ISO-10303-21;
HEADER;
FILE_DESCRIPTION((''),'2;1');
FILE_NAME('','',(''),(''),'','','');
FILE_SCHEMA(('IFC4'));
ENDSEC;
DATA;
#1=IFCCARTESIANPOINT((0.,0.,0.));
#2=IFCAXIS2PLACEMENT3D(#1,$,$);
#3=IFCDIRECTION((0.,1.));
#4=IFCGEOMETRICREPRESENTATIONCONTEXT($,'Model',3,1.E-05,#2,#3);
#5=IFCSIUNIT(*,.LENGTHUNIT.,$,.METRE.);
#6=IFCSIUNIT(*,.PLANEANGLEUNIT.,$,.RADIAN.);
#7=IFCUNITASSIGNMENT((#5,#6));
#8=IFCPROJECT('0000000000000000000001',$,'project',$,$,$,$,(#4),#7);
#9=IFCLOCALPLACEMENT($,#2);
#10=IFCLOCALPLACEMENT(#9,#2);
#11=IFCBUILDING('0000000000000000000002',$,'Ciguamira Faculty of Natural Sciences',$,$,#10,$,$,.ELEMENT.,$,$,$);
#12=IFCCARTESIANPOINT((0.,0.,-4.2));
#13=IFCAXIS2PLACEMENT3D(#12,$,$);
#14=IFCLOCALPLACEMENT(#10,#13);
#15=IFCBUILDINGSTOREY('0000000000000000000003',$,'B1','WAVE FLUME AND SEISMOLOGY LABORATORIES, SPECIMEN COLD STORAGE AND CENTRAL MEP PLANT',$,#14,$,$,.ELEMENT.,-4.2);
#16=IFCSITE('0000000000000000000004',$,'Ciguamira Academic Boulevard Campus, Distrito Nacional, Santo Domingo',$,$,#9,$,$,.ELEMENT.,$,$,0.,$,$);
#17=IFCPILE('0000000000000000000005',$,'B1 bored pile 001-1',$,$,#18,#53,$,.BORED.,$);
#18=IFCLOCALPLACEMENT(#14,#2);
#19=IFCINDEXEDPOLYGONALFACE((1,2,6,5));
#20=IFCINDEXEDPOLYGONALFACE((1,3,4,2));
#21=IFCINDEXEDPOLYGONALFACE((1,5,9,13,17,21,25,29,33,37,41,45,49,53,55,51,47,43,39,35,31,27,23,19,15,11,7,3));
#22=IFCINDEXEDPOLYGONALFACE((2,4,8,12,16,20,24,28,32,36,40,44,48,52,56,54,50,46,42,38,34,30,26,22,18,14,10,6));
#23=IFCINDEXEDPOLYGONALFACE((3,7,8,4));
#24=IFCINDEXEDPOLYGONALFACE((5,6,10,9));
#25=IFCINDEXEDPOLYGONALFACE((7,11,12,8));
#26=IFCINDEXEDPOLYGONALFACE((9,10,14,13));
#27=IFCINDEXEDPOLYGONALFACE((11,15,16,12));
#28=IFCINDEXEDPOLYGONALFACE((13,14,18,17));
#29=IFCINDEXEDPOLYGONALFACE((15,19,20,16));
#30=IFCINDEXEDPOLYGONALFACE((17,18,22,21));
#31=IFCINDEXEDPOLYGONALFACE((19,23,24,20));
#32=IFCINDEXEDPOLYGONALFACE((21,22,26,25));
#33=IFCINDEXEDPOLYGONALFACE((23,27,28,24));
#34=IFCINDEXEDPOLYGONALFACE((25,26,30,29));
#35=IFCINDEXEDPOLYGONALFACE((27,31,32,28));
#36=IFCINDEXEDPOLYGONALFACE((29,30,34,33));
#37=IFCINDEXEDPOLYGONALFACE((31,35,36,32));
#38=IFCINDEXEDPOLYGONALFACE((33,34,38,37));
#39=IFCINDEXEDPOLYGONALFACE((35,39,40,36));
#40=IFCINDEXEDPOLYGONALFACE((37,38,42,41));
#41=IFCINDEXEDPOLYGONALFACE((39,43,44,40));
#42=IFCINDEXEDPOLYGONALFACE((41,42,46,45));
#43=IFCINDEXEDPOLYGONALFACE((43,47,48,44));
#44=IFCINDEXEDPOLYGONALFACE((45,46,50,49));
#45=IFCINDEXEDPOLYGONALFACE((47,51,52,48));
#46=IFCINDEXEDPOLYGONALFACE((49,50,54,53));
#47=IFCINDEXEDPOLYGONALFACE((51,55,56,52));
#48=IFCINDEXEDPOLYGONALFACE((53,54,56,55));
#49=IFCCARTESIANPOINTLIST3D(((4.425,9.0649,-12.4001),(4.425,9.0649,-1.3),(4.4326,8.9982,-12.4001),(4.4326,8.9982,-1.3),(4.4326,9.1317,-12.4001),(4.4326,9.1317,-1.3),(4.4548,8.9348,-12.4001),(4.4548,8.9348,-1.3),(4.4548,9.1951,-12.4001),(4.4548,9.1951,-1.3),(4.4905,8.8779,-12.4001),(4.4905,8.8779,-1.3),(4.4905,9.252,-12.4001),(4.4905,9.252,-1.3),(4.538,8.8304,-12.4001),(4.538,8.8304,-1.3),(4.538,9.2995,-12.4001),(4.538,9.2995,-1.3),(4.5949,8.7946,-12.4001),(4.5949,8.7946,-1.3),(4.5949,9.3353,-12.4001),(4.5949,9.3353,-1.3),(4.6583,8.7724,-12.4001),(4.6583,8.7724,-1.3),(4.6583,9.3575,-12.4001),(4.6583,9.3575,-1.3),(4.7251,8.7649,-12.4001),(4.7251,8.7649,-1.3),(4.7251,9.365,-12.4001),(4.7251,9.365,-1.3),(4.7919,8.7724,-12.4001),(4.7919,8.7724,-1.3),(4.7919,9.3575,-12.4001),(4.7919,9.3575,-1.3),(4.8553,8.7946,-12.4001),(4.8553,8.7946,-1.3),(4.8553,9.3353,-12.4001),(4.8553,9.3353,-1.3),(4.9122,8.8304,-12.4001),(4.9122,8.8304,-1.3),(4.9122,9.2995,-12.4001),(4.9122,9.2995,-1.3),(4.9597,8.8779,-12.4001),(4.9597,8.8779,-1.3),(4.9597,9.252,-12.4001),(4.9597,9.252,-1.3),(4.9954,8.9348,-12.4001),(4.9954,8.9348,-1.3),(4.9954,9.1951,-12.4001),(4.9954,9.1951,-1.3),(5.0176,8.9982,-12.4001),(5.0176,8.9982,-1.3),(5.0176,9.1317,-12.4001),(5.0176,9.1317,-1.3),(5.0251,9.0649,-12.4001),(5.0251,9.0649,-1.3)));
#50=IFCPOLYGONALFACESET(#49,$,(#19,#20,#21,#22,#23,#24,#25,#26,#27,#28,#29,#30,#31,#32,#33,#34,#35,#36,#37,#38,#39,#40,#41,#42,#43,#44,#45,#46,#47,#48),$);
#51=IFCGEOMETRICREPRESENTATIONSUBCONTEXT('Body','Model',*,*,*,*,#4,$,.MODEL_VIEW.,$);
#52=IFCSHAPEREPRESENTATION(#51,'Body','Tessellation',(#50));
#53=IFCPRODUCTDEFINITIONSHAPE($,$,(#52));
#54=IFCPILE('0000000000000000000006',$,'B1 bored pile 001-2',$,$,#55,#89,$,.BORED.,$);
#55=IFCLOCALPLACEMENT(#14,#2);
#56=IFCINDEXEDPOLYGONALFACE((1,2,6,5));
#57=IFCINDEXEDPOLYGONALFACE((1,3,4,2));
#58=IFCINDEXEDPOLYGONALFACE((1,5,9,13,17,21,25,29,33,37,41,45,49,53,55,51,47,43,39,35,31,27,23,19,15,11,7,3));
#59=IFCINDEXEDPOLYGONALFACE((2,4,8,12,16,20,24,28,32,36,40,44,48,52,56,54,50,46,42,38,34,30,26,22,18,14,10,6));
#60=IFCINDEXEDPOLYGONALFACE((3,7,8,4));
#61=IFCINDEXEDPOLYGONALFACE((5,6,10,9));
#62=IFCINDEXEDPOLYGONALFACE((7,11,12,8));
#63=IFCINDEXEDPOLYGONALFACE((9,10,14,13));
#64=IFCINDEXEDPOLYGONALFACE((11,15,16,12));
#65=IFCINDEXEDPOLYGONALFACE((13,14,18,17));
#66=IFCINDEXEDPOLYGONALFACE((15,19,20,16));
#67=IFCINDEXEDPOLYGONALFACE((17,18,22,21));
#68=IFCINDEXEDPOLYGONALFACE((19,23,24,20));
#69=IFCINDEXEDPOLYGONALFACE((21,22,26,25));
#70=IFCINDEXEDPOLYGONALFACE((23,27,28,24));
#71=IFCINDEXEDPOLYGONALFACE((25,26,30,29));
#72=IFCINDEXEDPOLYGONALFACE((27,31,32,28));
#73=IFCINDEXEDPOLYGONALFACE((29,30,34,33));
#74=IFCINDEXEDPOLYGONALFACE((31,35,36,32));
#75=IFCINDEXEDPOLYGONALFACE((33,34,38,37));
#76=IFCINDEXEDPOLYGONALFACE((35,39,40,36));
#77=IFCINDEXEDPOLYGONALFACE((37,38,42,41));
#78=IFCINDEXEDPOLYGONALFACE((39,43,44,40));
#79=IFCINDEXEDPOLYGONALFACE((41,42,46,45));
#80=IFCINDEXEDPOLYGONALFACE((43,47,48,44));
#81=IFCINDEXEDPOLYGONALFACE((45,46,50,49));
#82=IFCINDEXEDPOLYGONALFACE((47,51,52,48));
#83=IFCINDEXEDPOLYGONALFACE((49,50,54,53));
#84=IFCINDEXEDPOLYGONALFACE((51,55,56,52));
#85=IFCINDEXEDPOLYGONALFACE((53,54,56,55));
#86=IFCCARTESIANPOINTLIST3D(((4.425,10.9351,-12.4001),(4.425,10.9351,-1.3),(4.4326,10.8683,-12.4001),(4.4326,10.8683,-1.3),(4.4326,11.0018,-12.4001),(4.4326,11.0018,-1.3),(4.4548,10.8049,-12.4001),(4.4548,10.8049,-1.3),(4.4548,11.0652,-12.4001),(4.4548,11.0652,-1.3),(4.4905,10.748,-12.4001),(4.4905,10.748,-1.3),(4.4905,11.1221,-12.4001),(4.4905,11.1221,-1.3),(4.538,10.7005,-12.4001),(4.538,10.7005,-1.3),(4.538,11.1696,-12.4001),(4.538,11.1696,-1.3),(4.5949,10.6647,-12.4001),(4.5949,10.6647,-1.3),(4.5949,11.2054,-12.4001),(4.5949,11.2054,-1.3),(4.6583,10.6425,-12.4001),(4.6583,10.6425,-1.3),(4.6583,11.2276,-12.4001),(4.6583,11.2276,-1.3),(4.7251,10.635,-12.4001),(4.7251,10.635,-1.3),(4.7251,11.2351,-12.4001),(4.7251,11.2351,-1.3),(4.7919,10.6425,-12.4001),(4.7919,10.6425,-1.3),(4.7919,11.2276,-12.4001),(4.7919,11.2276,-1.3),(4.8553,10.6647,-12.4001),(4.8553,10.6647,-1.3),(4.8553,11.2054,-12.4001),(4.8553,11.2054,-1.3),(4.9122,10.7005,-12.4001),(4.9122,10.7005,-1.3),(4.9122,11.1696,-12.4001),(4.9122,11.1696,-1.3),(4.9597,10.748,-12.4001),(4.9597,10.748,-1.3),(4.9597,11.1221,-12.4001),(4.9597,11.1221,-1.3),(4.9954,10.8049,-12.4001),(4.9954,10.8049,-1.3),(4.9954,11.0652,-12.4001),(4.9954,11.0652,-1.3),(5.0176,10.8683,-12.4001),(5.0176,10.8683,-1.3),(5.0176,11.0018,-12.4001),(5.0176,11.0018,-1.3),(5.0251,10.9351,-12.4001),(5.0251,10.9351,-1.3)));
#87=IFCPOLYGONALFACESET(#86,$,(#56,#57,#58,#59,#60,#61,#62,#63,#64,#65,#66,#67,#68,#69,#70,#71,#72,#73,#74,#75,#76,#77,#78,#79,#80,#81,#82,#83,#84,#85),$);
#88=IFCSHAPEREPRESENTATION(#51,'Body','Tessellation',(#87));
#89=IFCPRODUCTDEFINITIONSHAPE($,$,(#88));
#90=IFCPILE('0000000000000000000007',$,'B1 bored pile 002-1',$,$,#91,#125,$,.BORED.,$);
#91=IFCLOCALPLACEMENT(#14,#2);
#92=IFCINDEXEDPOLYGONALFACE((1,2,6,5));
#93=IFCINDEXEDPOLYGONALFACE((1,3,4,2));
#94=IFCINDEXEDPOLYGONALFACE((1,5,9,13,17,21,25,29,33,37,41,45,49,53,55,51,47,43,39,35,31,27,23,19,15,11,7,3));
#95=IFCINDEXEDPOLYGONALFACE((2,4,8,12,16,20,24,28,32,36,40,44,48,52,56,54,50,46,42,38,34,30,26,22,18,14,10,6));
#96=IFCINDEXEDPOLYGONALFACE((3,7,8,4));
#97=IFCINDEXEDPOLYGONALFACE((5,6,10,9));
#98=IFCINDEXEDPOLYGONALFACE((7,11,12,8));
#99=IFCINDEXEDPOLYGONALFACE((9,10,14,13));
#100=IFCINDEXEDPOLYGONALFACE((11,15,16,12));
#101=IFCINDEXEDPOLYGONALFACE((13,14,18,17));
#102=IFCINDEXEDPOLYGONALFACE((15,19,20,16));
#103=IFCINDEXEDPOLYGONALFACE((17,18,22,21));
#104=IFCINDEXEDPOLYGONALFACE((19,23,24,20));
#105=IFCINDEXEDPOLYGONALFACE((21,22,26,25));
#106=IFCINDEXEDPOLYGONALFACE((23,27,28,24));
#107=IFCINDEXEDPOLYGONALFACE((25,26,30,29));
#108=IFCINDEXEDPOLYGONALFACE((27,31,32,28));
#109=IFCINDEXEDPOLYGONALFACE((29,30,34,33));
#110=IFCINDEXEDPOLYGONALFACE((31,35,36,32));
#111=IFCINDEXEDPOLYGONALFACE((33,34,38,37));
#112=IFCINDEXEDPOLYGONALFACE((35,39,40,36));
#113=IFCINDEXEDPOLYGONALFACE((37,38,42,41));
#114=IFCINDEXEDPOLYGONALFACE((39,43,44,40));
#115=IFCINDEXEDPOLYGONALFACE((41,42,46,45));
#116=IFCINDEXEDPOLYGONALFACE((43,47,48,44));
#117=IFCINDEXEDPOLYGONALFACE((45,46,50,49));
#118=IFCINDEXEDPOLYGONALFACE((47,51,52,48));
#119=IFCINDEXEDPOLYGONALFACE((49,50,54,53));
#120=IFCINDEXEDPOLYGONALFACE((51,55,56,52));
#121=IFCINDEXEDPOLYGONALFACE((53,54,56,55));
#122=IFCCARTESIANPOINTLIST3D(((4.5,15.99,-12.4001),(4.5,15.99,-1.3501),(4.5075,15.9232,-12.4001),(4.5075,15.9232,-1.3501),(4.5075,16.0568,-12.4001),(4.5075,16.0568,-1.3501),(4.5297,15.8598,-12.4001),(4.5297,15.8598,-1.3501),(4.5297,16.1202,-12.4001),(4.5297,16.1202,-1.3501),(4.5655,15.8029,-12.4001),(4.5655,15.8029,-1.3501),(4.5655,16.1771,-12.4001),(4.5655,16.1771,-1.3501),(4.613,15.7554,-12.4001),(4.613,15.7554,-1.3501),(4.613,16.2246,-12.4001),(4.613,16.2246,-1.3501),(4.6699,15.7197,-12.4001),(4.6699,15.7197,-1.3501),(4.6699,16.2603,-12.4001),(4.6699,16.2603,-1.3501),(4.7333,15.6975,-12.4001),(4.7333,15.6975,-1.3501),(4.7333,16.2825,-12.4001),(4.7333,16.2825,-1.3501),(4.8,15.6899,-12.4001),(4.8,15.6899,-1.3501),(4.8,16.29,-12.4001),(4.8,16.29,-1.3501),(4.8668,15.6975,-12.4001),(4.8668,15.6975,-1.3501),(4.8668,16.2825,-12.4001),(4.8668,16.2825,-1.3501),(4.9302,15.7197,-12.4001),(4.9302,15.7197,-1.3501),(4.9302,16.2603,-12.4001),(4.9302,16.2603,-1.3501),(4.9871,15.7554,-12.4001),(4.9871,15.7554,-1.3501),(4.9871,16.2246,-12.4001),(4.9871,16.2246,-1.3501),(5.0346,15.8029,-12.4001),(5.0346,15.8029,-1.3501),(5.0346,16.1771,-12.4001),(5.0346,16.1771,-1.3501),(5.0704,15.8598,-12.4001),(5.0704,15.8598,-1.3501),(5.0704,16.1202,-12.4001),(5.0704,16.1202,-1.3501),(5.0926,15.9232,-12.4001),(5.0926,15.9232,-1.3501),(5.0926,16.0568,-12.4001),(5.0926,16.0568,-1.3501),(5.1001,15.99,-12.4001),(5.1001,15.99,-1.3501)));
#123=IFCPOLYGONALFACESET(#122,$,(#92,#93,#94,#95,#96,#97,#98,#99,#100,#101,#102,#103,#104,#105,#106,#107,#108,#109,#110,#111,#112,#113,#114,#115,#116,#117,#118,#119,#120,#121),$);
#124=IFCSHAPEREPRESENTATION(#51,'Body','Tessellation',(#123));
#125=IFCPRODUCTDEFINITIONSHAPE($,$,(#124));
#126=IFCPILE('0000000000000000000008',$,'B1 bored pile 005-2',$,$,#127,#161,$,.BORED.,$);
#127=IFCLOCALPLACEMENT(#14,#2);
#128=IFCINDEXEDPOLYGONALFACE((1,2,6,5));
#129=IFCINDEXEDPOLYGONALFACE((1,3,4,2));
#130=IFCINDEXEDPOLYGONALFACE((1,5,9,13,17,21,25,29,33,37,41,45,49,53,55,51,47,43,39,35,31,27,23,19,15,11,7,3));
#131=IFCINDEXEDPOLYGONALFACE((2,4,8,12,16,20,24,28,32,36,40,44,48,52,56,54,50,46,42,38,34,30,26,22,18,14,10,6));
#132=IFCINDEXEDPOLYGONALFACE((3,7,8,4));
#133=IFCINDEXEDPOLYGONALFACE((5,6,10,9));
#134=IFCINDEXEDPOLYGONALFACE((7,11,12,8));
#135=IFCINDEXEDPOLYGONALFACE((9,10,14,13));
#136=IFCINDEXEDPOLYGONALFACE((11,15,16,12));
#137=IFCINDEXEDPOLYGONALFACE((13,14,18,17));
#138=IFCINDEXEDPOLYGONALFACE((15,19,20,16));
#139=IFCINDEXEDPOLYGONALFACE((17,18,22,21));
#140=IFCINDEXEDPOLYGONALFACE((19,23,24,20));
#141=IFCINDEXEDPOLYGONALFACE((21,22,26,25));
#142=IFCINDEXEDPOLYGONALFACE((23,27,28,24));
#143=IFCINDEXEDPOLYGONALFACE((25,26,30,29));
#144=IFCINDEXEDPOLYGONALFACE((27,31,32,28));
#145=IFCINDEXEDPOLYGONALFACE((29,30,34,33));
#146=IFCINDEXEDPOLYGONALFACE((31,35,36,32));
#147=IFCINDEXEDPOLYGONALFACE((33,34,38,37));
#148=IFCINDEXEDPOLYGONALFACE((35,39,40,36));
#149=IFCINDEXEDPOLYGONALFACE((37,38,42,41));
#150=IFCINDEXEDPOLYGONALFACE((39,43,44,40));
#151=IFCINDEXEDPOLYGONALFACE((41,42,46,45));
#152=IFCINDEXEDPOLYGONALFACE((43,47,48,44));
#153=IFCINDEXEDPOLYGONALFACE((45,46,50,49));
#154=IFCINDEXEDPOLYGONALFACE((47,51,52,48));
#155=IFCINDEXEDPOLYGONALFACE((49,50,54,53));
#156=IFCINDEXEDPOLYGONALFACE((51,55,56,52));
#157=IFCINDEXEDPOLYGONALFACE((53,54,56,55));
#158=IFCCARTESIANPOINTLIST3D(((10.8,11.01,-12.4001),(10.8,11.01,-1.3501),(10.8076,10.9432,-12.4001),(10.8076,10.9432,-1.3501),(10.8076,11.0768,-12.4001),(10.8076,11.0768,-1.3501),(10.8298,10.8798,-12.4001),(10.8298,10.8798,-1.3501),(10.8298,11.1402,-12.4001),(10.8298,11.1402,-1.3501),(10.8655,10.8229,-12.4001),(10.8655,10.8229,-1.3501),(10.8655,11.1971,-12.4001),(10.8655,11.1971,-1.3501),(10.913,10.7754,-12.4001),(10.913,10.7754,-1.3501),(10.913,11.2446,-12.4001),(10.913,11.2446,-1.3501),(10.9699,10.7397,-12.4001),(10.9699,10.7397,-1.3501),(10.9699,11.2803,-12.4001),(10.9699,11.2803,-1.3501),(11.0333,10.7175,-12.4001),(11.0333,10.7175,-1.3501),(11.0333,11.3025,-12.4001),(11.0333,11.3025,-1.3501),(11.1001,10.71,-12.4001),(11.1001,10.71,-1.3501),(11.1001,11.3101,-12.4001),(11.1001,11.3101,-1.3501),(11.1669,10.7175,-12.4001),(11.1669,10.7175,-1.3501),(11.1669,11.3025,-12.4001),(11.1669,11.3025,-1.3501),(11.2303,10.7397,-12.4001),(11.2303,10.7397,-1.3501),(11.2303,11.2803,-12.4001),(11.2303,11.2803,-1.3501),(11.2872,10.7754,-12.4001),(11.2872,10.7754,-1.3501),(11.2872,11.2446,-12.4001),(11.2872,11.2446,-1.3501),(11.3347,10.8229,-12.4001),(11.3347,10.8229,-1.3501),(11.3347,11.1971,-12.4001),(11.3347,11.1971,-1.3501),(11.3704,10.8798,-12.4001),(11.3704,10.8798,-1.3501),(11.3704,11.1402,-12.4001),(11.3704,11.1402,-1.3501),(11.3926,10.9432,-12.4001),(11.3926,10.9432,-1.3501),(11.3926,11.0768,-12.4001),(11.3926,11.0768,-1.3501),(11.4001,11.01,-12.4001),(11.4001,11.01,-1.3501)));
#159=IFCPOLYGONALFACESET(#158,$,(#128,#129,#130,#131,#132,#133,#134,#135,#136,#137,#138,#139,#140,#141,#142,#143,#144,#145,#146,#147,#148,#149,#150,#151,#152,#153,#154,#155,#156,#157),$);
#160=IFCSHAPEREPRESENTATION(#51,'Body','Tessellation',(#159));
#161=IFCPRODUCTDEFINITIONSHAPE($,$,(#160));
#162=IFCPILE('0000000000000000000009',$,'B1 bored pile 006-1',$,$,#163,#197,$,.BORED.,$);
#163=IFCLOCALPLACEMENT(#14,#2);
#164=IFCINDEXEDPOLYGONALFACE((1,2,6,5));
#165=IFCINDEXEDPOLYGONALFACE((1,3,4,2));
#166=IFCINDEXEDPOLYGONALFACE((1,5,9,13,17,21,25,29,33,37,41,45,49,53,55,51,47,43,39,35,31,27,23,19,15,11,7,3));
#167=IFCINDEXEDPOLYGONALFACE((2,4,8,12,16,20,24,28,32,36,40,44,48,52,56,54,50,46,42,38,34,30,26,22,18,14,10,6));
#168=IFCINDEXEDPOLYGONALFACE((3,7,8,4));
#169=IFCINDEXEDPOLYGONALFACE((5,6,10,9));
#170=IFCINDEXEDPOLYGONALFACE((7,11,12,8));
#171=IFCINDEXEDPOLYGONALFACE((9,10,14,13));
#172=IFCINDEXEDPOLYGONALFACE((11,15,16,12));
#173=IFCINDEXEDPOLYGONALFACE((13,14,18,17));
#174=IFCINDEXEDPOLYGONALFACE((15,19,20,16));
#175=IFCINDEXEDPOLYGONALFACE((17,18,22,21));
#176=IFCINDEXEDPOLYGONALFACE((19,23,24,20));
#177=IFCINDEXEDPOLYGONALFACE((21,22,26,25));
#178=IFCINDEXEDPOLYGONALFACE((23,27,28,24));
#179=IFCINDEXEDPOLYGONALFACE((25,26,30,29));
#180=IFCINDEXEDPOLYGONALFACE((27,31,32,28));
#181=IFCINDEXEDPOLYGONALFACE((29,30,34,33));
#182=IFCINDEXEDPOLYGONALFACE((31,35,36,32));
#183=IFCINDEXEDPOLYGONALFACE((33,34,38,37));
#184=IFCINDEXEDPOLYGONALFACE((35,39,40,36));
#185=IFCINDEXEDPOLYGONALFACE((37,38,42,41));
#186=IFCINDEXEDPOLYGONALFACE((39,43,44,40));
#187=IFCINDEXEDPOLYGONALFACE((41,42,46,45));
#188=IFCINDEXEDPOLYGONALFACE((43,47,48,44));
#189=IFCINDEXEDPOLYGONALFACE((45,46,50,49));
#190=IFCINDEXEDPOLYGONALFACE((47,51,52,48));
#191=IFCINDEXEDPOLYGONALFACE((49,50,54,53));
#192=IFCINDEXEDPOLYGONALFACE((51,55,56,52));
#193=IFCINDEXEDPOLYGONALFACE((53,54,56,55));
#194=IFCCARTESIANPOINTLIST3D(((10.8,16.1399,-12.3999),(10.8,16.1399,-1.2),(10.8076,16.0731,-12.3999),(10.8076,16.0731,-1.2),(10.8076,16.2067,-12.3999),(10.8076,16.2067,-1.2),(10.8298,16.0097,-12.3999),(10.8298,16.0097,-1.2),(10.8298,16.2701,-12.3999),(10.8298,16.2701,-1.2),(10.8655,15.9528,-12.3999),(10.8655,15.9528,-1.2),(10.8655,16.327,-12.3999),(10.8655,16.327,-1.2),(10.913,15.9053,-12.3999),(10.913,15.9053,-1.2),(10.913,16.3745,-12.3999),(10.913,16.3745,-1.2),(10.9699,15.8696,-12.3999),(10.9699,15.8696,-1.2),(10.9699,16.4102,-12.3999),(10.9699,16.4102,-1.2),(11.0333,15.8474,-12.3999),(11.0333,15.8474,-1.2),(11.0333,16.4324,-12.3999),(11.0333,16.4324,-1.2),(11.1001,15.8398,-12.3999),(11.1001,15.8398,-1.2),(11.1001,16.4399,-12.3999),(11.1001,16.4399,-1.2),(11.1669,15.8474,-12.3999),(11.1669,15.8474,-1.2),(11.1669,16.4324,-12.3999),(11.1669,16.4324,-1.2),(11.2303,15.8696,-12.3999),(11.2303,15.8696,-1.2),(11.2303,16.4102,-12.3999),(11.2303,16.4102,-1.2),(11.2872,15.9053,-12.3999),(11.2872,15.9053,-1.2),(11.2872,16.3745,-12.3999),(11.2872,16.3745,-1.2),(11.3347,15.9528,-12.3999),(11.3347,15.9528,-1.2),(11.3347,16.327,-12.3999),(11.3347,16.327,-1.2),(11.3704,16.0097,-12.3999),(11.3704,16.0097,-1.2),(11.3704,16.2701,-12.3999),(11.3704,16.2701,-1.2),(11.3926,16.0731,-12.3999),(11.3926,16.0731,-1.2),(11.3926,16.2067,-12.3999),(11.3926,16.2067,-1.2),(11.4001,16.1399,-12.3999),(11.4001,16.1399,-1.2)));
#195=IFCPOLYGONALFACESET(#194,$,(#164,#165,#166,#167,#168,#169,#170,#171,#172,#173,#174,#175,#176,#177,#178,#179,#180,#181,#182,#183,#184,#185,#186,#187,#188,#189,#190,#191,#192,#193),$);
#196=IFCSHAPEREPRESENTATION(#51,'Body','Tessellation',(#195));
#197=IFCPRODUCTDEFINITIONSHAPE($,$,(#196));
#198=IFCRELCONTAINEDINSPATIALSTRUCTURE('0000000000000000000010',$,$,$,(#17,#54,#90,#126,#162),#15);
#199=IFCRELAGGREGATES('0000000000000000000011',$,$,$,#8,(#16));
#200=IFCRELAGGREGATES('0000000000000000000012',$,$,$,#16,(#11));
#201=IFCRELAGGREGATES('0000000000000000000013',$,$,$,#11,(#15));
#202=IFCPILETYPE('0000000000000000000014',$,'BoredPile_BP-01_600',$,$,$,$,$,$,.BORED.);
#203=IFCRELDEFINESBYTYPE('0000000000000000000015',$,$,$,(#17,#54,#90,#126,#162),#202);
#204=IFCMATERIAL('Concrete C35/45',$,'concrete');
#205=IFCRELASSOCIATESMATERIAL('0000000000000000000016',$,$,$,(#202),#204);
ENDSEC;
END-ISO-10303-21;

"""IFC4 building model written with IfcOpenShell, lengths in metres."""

from ifc_helpers import new_model, si_unit, direction, frame, origin, origin_2d, place, context, subcontext, project, spatial, circle, extrude, material, material_profile, profile_set, type_object, element, save


model = new_model("IFC4")

# Units and contexts
model_context = context("Model", 3, precision=1e-05, world=origin(), true_north=direction((0.0, 1.0)))
body_context = subcontext(model_context, "Body", "Model", "MODEL_VIEW")
ifc_project = project(units=[si_unit("LENGTHUNIT", "METRE"), si_unit("PLANEANGLEUNIT", "RADIAN")], contexts=[model_context])

# Site, building, storey
site_placement = place(None, origin())
site = spatial("IfcSite", under=ifc_project, at=site_placement, Name="Ciguamira Academic Boulevard Campus, Distrito Nacional, Santo Domingo", CompositionType="ELEMENT", RefElevation=0.0)
building_placement = place(site_placement, origin())
building = spatial("IfcBuilding", under=site, at=building_placement, Name="Ciguamira Faculty of Natural Sciences", CompositionType="ELEMENT")
storey_placement = place(building_placement, frame((0.0, 0.0, -4.2)))
storey = spatial("IfcBuildingStorey", under=building, at=storey_placement, Name="B1", Description="WAVE FLUME AND SEISMOLOGY LABORATORIES, SPECIMEN COLD STORAGE AND CENTRAL MEP PLANT", CompositionType="ELEMENT", Elevation=-4.2)

# Piles
ifc_material_1 = material(Name="Concrete C35/45", Category="concrete")
ifc_material_profile_1 = material_profile(ifc_material_1, circle(Radius=0.3, at=origin_2d()), Name="PILE-BORED-600")
ifc_profile_set_1 = profile_set([ifc_material_profile_1], Name="Concrete C35/45")
pile_type = type_object("IfcPileType", Name="BoredPile_BP-01_600", PredefinedType="BORED", material=ifc_profile_set_1)
for number, where, z_axis, x_axis, name in (
    (1, (4.7251, 9.0649, -1.3), (0.0, 0.0, -1.0), (1.0, 0.0, 0.0), "B1 bored pile 001-1"),
    (2, (4.7251, 10.9351, -1.3), (0.0, 0.0, -1.0), (1.0, 0.0, 0.0), "B1 bored pile 001-2"),
):
    element("IfcPile", number, at=place(storey_placement, frame(where, z_axis=z_axis, x_axis=x_axis)), inside=storey, type_object=pile_type, Name=name, PredefinedType="BORED", context=body_context, shape_type="SweptSolid", body=[
        extrude(circle(Radius=0.3, at=origin_2d()), origin(), (0.0, 0.0, 1.0), 11.1001),
    ])
for number, where, z_axis, x_axis, name in (
    (3, (4.8, 15.99, -1.3501), (0.0, 0.0, -1.0), (1.0, 0.0, 0.0), "B1 bored pile 002-1"),
    (4, (11.1001, 11.01, -1.3501), (0.0, 0.0, -1.0), (1.0, 0.0, 0.0), "B1 bored pile 005-2"),
):
    element("IfcPile", number, at=place(storey_placement, frame(where, z_axis=z_axis, x_axis=x_axis)), inside=storey, type_object=pile_type, Name=name, PredefinedType="BORED", context=body_context, shape_type="SweptSolid", body=[
        extrude(circle(Radius=0.3, at=origin_2d()), origin(), (0.0, 0.0, 1.0), 11.05),
    ])
for number, where, z_axis, x_axis, name in (
    (5, (11.1001, 16.1399, -1.2), (0.0, 0.0, -1.0), (1.0, 0.0, 0.0), "B1 bored pile 006-1"),
):
    element("IfcPile", number, at=place(storey_placement, frame(where, z_axis=z_axis, x_axis=x_axis)), inside=storey, type_object=pile_type, Name=name, PredefinedType="BORED", context=body_context, shape_type="SweptSolid", body=[
        extrude(circle(Radius=0.3, at=origin_2d()), origin(), (0.0, 0.0, 1.0), 11.2),
    ])

save(model, "model.ifc")
